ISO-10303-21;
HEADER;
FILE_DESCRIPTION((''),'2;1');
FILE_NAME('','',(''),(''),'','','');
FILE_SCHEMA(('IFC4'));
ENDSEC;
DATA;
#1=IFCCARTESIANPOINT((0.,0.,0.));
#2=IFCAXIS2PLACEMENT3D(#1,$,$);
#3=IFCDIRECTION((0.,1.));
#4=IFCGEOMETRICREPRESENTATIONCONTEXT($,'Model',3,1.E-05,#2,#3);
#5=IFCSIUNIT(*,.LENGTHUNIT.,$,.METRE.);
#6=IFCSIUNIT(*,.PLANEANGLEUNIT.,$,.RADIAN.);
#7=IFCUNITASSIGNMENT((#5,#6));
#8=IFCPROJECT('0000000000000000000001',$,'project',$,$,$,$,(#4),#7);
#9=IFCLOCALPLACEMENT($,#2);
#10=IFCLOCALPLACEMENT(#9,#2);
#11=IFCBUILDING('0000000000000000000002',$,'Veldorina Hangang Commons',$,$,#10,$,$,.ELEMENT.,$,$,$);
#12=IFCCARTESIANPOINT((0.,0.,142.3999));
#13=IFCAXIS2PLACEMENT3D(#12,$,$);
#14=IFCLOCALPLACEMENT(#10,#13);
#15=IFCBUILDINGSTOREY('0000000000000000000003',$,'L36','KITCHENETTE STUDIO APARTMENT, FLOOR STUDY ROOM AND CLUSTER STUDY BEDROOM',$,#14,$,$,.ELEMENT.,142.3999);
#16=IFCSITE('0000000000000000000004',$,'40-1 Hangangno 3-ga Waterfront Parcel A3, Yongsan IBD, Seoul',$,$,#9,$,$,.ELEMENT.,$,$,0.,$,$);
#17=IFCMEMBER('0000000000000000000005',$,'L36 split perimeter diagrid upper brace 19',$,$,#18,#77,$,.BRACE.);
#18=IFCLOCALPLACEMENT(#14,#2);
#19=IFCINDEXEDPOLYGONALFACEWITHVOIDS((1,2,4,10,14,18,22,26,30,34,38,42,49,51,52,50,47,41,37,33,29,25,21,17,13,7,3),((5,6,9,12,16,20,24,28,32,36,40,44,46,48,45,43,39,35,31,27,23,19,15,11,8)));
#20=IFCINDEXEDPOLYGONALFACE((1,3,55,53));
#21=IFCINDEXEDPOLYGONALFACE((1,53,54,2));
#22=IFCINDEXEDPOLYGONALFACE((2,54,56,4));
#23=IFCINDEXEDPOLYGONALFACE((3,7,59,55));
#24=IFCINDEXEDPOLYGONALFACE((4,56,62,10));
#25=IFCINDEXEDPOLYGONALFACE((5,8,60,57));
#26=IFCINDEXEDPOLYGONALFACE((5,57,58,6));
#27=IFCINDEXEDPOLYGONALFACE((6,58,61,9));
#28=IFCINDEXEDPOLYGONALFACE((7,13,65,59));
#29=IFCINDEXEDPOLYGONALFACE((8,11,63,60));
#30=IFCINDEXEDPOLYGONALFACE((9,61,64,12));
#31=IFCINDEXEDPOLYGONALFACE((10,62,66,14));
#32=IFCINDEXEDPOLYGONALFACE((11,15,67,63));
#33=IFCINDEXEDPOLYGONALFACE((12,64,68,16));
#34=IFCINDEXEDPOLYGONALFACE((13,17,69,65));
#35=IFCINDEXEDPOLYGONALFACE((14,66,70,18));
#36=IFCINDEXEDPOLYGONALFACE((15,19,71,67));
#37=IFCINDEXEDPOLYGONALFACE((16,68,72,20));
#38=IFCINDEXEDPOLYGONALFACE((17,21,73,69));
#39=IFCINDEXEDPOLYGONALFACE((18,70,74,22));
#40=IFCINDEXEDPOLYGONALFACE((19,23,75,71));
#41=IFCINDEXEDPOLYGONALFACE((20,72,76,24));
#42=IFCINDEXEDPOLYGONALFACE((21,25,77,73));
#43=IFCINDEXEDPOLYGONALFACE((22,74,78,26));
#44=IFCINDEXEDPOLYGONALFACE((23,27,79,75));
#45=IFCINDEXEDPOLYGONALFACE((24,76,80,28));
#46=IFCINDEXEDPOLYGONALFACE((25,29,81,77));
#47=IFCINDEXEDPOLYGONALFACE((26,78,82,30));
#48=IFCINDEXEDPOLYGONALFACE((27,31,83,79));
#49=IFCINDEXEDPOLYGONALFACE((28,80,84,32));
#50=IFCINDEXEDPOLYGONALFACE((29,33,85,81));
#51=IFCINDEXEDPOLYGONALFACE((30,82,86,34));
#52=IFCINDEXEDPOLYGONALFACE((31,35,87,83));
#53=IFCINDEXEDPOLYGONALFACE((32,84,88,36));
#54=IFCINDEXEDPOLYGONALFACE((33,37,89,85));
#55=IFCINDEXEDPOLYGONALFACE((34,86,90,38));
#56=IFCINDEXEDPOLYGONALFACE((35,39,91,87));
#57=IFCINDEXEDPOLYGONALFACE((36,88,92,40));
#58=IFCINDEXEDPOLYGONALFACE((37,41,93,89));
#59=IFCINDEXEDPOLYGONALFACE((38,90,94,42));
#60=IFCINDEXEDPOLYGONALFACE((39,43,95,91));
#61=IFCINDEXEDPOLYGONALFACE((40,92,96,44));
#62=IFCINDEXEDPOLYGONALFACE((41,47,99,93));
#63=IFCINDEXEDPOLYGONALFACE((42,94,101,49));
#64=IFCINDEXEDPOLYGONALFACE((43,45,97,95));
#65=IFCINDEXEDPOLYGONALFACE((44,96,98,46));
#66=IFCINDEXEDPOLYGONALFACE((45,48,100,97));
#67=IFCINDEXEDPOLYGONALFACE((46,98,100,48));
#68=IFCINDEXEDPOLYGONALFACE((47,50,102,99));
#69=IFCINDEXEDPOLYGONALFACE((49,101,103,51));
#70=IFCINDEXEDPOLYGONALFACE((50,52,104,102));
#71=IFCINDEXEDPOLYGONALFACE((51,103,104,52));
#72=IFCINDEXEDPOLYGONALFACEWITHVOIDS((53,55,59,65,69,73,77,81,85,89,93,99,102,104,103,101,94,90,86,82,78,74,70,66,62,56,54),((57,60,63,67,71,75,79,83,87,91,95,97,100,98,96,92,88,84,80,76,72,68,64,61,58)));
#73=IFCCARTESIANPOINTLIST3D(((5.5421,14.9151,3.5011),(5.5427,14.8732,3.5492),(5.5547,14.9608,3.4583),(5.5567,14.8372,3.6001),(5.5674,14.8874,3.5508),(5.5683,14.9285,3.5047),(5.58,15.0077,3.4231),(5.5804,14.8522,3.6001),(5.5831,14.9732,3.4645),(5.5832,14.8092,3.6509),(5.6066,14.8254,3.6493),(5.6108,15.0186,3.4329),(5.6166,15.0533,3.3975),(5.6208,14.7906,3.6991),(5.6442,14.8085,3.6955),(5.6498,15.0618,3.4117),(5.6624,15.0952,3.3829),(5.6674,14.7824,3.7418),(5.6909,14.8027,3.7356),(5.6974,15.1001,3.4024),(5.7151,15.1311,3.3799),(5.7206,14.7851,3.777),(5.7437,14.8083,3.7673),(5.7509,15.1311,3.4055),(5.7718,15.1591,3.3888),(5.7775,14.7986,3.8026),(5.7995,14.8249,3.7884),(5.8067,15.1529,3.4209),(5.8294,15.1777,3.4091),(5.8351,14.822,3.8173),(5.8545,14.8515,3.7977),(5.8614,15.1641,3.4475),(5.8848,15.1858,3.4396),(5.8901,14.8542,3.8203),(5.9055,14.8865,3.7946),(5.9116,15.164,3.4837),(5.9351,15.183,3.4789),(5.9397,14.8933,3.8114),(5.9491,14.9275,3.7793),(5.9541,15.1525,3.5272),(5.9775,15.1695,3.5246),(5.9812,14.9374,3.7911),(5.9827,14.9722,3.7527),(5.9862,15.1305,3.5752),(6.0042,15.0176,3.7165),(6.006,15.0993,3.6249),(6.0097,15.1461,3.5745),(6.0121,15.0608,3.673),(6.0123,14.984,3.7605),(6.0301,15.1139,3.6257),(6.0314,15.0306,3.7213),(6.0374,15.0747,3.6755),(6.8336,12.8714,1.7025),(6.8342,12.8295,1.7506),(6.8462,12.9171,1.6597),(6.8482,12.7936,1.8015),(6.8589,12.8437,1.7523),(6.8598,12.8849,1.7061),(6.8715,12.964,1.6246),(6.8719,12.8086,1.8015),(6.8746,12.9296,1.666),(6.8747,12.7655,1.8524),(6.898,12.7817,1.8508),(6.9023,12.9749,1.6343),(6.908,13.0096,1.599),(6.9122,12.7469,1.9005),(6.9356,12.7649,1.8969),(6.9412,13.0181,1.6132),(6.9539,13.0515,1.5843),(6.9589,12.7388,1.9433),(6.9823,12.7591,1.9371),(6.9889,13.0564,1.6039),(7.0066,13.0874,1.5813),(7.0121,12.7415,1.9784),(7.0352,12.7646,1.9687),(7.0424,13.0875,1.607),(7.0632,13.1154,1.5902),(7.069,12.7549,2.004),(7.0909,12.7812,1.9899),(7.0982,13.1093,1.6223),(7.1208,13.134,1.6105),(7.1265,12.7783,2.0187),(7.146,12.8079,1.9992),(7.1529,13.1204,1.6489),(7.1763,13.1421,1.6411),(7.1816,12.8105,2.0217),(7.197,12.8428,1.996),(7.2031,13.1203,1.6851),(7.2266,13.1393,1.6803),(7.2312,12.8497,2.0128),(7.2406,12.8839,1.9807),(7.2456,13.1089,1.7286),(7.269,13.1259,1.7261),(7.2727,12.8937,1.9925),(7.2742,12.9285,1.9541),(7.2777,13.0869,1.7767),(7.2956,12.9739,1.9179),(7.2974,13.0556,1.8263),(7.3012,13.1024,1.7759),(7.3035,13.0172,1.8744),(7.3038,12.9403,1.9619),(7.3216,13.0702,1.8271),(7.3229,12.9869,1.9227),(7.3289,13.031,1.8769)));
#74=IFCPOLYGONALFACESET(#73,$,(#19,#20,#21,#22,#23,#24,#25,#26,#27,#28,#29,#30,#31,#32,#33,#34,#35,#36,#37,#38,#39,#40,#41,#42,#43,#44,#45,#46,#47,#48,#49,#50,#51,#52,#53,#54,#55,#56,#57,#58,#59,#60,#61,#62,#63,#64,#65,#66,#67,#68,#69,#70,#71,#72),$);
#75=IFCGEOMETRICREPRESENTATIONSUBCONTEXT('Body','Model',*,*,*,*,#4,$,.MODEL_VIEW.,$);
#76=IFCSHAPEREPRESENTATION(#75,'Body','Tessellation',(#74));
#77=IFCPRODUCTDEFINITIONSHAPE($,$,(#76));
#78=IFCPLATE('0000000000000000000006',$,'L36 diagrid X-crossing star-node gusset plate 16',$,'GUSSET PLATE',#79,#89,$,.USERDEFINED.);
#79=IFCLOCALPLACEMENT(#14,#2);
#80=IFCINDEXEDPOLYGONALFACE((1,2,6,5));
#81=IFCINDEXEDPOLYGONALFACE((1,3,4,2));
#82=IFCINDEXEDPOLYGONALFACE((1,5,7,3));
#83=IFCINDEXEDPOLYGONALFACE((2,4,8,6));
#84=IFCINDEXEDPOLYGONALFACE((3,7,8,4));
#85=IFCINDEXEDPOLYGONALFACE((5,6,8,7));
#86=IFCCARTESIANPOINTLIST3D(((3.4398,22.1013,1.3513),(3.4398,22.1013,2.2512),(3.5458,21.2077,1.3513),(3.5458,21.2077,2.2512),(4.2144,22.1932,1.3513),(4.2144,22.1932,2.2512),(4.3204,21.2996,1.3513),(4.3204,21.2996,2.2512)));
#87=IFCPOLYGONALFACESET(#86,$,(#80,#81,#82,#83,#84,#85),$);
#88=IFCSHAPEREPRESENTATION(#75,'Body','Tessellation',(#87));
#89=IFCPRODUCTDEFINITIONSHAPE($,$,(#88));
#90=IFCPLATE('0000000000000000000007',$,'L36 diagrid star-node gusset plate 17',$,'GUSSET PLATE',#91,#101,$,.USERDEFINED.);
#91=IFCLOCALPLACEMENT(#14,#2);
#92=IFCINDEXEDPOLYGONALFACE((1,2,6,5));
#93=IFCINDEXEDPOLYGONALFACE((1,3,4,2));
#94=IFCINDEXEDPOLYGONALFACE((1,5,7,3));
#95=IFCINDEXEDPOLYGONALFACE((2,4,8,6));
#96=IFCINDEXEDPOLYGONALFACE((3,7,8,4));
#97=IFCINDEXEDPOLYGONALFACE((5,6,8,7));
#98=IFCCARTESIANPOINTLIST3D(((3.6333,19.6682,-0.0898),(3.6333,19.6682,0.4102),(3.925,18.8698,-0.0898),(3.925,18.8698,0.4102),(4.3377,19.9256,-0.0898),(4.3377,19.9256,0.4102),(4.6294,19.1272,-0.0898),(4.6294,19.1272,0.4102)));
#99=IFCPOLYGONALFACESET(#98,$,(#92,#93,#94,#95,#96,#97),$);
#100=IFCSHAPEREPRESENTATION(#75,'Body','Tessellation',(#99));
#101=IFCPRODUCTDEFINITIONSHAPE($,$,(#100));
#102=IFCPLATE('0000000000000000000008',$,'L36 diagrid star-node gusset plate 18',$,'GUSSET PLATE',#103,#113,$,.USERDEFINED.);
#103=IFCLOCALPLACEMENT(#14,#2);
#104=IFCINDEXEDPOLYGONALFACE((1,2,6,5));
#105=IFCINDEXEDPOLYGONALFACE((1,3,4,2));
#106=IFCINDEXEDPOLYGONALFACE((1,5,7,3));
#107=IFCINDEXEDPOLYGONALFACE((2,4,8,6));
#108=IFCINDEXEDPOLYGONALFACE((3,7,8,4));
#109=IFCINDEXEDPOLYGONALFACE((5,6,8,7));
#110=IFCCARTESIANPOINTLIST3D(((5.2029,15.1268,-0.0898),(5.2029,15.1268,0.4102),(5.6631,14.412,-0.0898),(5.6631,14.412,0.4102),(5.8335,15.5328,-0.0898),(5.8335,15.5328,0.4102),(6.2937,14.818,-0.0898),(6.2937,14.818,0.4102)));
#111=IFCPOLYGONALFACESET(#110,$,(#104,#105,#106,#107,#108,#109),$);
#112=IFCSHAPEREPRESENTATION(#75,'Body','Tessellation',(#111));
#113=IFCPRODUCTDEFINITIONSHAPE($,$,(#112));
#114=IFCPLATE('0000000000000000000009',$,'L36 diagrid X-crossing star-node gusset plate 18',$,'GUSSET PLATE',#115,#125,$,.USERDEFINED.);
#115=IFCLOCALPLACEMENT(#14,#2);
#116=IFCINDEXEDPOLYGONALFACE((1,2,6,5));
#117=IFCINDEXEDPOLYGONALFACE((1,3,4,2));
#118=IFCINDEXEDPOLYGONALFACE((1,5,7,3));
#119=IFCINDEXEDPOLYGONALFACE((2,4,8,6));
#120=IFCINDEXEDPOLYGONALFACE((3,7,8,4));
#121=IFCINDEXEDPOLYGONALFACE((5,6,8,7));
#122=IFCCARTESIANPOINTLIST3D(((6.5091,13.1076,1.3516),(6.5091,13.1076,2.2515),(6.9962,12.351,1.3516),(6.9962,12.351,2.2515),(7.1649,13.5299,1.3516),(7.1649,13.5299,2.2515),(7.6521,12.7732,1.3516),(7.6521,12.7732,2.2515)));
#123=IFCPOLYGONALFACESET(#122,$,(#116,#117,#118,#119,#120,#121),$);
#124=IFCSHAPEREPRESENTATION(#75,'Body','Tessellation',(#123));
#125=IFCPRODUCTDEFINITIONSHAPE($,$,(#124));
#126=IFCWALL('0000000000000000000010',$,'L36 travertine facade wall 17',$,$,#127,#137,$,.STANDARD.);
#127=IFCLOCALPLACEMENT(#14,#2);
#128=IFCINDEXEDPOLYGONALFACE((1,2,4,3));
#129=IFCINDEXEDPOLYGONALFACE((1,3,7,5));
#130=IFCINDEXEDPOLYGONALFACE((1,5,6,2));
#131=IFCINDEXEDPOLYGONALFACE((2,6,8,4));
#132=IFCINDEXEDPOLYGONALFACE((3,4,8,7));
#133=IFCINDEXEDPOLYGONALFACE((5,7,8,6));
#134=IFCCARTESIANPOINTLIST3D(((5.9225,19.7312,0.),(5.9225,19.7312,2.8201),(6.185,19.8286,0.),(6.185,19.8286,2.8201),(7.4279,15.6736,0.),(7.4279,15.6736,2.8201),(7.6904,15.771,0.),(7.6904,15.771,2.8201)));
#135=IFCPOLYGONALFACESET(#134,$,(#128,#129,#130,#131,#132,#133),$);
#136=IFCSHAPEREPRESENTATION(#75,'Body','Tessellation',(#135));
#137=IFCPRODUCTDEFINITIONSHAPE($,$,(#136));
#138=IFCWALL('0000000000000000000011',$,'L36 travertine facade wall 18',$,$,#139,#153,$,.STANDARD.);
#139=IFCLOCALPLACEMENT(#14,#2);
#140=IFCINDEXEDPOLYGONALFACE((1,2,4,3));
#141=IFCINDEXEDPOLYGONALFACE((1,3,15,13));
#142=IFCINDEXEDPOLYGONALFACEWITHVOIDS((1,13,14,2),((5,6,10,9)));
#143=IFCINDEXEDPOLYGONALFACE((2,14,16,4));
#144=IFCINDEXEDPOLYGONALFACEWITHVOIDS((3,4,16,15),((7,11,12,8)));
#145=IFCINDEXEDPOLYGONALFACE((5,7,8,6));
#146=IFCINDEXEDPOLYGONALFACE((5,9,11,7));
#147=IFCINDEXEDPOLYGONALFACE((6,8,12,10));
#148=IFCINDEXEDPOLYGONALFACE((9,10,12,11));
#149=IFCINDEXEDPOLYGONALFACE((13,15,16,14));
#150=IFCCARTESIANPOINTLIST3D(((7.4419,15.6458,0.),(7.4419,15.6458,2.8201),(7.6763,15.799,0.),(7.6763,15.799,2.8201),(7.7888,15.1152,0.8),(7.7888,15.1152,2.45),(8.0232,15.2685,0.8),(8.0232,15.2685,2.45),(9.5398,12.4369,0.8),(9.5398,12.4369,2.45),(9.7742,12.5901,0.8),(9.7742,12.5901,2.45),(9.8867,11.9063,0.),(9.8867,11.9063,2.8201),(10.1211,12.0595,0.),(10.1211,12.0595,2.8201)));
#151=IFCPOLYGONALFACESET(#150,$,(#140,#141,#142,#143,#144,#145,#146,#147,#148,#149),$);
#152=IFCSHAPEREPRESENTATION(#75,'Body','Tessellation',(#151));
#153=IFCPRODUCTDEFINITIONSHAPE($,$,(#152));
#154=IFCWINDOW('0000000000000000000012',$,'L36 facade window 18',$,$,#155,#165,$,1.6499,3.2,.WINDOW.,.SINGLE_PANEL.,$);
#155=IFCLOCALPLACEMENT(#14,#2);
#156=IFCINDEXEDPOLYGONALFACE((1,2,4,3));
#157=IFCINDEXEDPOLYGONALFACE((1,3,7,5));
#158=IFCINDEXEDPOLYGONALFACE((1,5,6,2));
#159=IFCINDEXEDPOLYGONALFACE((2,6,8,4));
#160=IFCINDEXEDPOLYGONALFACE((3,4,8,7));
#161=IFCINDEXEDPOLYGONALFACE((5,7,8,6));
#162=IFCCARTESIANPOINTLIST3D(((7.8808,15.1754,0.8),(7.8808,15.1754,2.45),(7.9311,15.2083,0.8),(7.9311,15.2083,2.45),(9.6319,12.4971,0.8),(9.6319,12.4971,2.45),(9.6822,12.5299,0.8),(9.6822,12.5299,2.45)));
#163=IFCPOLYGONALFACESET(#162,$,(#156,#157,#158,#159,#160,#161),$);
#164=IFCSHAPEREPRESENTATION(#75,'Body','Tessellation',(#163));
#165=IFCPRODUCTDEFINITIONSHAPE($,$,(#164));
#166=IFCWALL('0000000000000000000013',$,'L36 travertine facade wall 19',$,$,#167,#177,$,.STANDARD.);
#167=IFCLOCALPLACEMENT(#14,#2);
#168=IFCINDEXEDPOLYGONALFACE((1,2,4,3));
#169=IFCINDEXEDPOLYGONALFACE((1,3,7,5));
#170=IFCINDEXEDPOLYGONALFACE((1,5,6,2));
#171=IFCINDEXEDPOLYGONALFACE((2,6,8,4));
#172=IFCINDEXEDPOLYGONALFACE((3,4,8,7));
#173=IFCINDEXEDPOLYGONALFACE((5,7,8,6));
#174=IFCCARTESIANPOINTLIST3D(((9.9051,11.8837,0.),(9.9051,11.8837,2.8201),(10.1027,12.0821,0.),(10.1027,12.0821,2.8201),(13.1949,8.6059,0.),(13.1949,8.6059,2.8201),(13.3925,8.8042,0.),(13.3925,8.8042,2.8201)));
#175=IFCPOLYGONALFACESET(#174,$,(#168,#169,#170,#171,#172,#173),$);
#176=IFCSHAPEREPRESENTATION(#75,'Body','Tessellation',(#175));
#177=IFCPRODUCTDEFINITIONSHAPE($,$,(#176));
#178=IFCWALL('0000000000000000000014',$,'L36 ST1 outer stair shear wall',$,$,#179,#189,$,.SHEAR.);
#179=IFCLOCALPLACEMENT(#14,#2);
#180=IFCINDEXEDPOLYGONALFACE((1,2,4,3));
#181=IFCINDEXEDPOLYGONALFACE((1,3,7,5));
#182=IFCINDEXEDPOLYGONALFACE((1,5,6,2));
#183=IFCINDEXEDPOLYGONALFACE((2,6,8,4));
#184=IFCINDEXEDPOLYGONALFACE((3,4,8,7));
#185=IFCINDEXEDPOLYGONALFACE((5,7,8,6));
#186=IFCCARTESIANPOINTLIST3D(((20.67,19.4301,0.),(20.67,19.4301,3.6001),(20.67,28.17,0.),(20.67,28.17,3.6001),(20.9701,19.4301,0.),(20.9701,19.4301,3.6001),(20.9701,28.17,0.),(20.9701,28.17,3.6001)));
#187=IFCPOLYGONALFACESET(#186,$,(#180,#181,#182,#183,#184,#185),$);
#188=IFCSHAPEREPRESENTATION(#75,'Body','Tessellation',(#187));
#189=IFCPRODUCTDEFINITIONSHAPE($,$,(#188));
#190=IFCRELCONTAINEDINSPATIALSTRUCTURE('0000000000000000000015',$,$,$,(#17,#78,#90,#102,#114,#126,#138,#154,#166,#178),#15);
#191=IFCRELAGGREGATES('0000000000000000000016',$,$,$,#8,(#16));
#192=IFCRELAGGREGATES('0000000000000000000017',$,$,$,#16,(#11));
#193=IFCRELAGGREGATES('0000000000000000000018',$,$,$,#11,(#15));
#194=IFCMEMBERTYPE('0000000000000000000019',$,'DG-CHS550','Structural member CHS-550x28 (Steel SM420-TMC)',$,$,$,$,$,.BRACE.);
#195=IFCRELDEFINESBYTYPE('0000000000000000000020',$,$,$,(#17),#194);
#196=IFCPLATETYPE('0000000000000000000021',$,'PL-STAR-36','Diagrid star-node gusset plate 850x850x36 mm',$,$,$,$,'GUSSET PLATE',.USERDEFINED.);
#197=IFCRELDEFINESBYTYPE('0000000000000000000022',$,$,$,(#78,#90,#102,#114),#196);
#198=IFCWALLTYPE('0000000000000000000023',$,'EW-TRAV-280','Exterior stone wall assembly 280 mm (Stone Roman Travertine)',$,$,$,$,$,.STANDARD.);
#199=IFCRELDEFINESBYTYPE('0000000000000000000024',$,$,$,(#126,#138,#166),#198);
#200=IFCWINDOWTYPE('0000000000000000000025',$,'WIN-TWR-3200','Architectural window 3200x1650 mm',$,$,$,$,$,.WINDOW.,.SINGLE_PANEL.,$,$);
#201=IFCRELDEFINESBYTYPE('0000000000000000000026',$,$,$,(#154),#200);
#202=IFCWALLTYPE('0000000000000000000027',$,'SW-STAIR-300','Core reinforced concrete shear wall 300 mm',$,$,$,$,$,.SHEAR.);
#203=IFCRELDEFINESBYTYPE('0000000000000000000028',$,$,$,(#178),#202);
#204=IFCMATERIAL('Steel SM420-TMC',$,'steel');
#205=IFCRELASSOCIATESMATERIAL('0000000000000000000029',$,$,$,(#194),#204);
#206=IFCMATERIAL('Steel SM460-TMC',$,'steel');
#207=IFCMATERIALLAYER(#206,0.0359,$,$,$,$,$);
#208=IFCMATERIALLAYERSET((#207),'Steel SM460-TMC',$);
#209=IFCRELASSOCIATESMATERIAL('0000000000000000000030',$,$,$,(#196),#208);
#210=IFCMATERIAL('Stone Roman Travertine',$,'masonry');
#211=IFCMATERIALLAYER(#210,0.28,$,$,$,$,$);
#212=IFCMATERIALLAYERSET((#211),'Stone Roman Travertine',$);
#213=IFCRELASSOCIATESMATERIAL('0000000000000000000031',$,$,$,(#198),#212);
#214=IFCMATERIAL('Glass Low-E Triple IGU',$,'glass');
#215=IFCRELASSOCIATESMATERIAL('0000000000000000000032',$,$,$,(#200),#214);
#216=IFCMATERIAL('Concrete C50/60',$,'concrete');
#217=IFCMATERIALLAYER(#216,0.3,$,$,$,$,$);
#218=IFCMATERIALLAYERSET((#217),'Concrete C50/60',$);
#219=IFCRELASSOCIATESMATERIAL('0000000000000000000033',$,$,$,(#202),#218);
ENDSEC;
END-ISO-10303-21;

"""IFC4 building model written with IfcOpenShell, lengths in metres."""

from ifc_helpers import new_model, si_unit, direction, frame, frame_2d, origin, origin_2d, place, context, subcontext, project, spatial, rectangle, hollow_circle, extrude, material, layer, layer_set, material_profile, profile_set, type_object, element, fill, save


model = new_model("IFC4")

# Units and contexts
model_context = context("Model", 3, precision=1e-05, world=origin(), true_north=direction((0.0, 1.0)))
body_context = subcontext(model_context, "Body", "Model", "MODEL_VIEW")
ifc_project = project(units=[si_unit("LENGTHUNIT", "METRE"), si_unit("PLANEANGLEUNIT", "RADIAN")], contexts=[model_context])

# Site, building, storey
site_placement = place(None, origin())
site = spatial("IfcSite", under=ifc_project, at=site_placement, Name="40-1 Hangangno 3-ga Waterfront Parcel A3, Yongsan IBD, Seoul", CompositionType="ELEMENT", RefElevation=0.0)
building_placement = place(site_placement, origin())
building = spatial("IfcBuilding", under=site, at=building_placement, Name="Veldorina Hangang Commons", CompositionType="ELEMENT")
storey_placement = place(building_placement, frame((0.0, 0.0, 142.3999)))
storey = spatial("IfcBuildingStorey", under=building, at=storey_placement, Name="L36", Description="KITCHENETTE STUDIO APARTMENT, FLOOR STUDY ROOM AND CLUSTER STUDY BEDROOM", CompositionType="ELEMENT", Elevation=142.3999)

# Shared definitions
ifc_material_1 = material(Name="Steel SM420-TMC", Category="steel")

# Member
ifc_material_profile_1 = material_profile(ifc_material_1, hollow_circle(Radius=0.2749, WallThickness=0.0281, at=origin_2d()), Name="CHS-550x28")
ifc_profile_set_1 = profile_set([ifc_material_profile_1], Name="Steel SM420-TMC")
member_type = type_object("IfcMemberType", Name="DG-CHS550", Description="Structural member CHS-550x28 (Steel SM420-TMC)", PredefinedType="BRACE", material=ifc_profile_set_1)
member_1_placement = place(storey_placement, frame((7.0806, 12.9404, 1.8015), z_axis=(-0.42861, 0.678241, 0.596894), x_axis=(-0.84535, -0.534213, 0.0)))
element("IfcMember", 1, at=member_1_placement, inside=storey, type_object=member_type, Name="L36 split perimeter diagrid upper brace 19", PredefinedType="BRACE", context=body_context, shape_type="SweptSolid", body=[
    extrude(hollow_circle(Radius=0.2749, WallThickness=0.0281, at=origin_2d()), origin(), (0.0, 0.0, 1.0), 3.0132),
])

# Plates
ifc_material_2 = material(Name="Steel SM460-TMC", Category="steel")
ifc_layer_1 = layer(ifc_material_2, 0.0359)
ifc_layer_set_1 = layer_set([ifc_layer_1], Name="Steel SM460-TMC")
plate_type = type_object("IfcPlateType", Name="PL-STAR-36", Description="Diagrid star-node gusset plate 850x850x36 mm", ElementType="GUSSET PLATE", PredefinedType="USERDEFINED", material=ifc_layer_set_1)
plate_1_placement = place(storey_placement, frame((3.8801, 21.7004, 1.3513), z_axis=(0.0, 0.0, 1.0), x_axis=(0.117815, -0.993036, 0.0)))
element("IfcPlate", 2, at=plate_1_placement, inside=storey, type_object=plate_type, Name="L36 diagrid X-crossing star-node gusset plate 16", ObjectType="GUSSET PLATE", PredefinedType="USERDEFINED", context=body_context, shape_type="SweptSolid", body=[
    extrude(rectangle(XDim=0.8999, YDim=0.78, at=origin_2d()), origin(), (0.0, 0.0, 1.0), 0.8999),
])
for number, where, z_axis, x_axis, name in (
    (3, (4.1313, 19.3977, -0.0898), (0.0, 0.0, 1.0), (0.343184, -0.939268, 0.0), "L36 diagrid star-node gusset plate 17"),
    (4, (5.7483, 14.9724, -0.0898), (0.0, 0.0, 1.0), (0.541327, -0.840812, 0.0), "L36 diagrid star-node gusset plate 18"),
):
    element("IfcPlate", number, at=place(storey_placement, frame(where, z_axis=z_axis, x_axis=x_axis)), inside=storey, type_object=plate_type, Name=name, ObjectType="GUSSET PLATE", PredefinedType="USERDEFINED", context=body_context, shape_type="SweptSolid", body=[
        extrude(rectangle(XDim=0.8501, YDim=0.75, at=origin_2d()), origin(), (0.0, 0.0, 1.0), 0.5),
    ])
plate_2_placement = place(storey_placement, frame((7.0806, 12.9404, 1.3516), z_axis=(0.0, 0.0, 1.0), x_axis=(0.541327, -0.840812, 0.0)))
element("IfcPlate", 5, at=plate_2_placement, inside=storey, type_object=plate_type, Name="L36 diagrid X-crossing star-node gusset plate 18", ObjectType="GUSSET PLATE", PredefinedType="USERDEFINED", context=body_context, shape_type="SweptSolid", body=[
    extrude(rectangle(XDim=0.8999, YDim=0.78, at=origin_2d()), origin(), (0.0, 0.0, 1.0), 0.8999),
])

# Wall
ifc_material_3 = material(Name="Stone Roman Travertine", Category="masonry")
ifc_layer_2 = layer(ifc_material_3, 0.28)
ifc_layer_set_2 = layer_set([ifc_layer_2], Name="Stone Roman Travertine")
wall_type_1 = type_object("IfcWallType", Name="EW-TRAV-280", Description="Exterior stone wall assembly 280 mm (Stone Roman Travertine)", PredefinedType="STANDARD", material=ifc_layer_set_2)
wall_1_placement = place(storey_placement, frame((6.0537, 19.78, 0.0), z_axis=(0.0, 0.0, 1.0), x_axis=(0.347832, -0.937557, 0.0)))
element("IfcWall", 6, at=wall_1_placement, inside=storey, type_object=wall_type_1, Name="L36 travertine facade wall 17", PredefinedType="STANDARD", context=body_context, shape_type="SweptSolid", body=[
    extrude(rectangle(XDim=4.3279, YDim=0.28, at=frame_2d((2.1641, 0.0))), origin(), (0.0, 0.0, 1.0), 2.8201),
])

# Wall, opening, window
wall_2_placement = place(storey_placement, frame((7.5591, 15.7224, 0.0), z_axis=(0.0, 0.0, 1.0), x_axis=(0.547213, -0.836994, 0.0)))
wall_2 = element("IfcWall", 7, at=wall_2_placement, inside=storey, type_object=wall_type_1, Name="L36 travertine facade wall 18", PredefinedType="STANDARD", context=body_context, shape_type="SweptSolid", body=[
    extrude(rectangle(XDim=4.4678, YDim=0.28, at=frame_2d((2.2339, 0.0))), origin(), (0.0, 0.0, 1.0), 2.8201),
])
opening_1_placement = place(wall_2_placement, frame((0.6338, 0.0, 0.8)))
opening_1 = element("IfcOpeningElement", 8, at=opening_1_placement, cuts=wall_2, PredefinedType="OPENING", context=body_context, shape_type="SweptSolid", body=[
    extrude(rectangle(XDim=3.2, YDim=1.6499, at=frame_2d((1.6001, 0.825))), frame((0.0, 0.1499, 0.0), z_axis=(0.0, -1.0, 0.0), x_axis=(1.0, 0.0, 0.0)), (0.0, 0.0, 1.0), 0.3),
])
ifc_material_4 = material(Name="Glass Low-E Triple IGU", Category="glass")
window_type = type_object("IfcWindowType", Name="WIN-TWR-3200", Description="Architectural window 3200x1650 mm", PartitioningType="SINGLE_PANEL", PredefinedType="WINDOW", material=ifc_material_4)
window_placement = place(opening_1_placement, origin())
window = element("IfcWindow", 9, at=window_placement, inside=storey, type_object=window_type, Name="L36 facade window 18", OverallHeight=1.6499, OverallWidth=3.2, PartitioningType="SINGLE_PANEL", PredefinedType="WINDOW", context=body_context, shape_type="SweptSolid", body=[
    extrude(rectangle(XDim=3.2, YDim=1.6499, at=frame_2d((1.6001, 0.825))), frame((0.0, 0.03, 0.0), z_axis=(0.0, -1.0, 0.0), x_axis=(1.0, 0.0, 0.0)), (0.0, 0.0, 1.0), 0.0601),
])
fill(opening_1, window)

# Walls
wall_3_placement = place(storey_placement, frame((10.0039, 11.9829, 0.0), z_axis=(0.0, 0.0, 1.0), x_axis=(0.708394, -0.705818, 0.0)))
element("IfcWall", 10, at=wall_3_placement, inside=storey, type_object=wall_type_1, Name="L36 travertine facade wall 19", PredefinedType="STANDARD", context=body_context, shape_type="SweptSolid", body=[
    extrude(rectangle(XDim=4.644, YDim=0.28, at=frame_2d((2.322, 0.0))), origin(), (0.0, 0.0, 1.0), 2.8201),
])
ifc_material_5 = material(Name="Concrete C50/60", Category="concrete")
ifc_layer_3 = layer(ifc_material_5, 0.3)
ifc_layer_set_3 = layer_set([ifc_layer_3], Name="Concrete C50/60")
wall_type_2 = type_object("IfcWallType", Name="SW-STAIR-300", Description="Core reinforced concrete shear wall 300 mm", PredefinedType="SHEAR", material=ifc_layer_set_3)
wall_4_placement = place(storey_placement, frame((20.8201, 19.4299, 0.0), z_axis=(0.0, 0.0, 1.0), x_axis=(0.0, 1.0, 0.0)))
element("IfcWall", 11, at=wall_4_placement, inside=storey, type_object=wall_type_2, Name="L36 ST1 outer stair shear wall", PredefinedType="SHEAR", context=body_context, shape_type="SweptSolid", body=[
    extrude(rectangle(XDim=8.74, YDim=0.3, at=frame_2d((4.3701, 0.0))), origin(), (0.0, 0.0, 1.0), 3.6001),
])

save(model, "model.ifc")
